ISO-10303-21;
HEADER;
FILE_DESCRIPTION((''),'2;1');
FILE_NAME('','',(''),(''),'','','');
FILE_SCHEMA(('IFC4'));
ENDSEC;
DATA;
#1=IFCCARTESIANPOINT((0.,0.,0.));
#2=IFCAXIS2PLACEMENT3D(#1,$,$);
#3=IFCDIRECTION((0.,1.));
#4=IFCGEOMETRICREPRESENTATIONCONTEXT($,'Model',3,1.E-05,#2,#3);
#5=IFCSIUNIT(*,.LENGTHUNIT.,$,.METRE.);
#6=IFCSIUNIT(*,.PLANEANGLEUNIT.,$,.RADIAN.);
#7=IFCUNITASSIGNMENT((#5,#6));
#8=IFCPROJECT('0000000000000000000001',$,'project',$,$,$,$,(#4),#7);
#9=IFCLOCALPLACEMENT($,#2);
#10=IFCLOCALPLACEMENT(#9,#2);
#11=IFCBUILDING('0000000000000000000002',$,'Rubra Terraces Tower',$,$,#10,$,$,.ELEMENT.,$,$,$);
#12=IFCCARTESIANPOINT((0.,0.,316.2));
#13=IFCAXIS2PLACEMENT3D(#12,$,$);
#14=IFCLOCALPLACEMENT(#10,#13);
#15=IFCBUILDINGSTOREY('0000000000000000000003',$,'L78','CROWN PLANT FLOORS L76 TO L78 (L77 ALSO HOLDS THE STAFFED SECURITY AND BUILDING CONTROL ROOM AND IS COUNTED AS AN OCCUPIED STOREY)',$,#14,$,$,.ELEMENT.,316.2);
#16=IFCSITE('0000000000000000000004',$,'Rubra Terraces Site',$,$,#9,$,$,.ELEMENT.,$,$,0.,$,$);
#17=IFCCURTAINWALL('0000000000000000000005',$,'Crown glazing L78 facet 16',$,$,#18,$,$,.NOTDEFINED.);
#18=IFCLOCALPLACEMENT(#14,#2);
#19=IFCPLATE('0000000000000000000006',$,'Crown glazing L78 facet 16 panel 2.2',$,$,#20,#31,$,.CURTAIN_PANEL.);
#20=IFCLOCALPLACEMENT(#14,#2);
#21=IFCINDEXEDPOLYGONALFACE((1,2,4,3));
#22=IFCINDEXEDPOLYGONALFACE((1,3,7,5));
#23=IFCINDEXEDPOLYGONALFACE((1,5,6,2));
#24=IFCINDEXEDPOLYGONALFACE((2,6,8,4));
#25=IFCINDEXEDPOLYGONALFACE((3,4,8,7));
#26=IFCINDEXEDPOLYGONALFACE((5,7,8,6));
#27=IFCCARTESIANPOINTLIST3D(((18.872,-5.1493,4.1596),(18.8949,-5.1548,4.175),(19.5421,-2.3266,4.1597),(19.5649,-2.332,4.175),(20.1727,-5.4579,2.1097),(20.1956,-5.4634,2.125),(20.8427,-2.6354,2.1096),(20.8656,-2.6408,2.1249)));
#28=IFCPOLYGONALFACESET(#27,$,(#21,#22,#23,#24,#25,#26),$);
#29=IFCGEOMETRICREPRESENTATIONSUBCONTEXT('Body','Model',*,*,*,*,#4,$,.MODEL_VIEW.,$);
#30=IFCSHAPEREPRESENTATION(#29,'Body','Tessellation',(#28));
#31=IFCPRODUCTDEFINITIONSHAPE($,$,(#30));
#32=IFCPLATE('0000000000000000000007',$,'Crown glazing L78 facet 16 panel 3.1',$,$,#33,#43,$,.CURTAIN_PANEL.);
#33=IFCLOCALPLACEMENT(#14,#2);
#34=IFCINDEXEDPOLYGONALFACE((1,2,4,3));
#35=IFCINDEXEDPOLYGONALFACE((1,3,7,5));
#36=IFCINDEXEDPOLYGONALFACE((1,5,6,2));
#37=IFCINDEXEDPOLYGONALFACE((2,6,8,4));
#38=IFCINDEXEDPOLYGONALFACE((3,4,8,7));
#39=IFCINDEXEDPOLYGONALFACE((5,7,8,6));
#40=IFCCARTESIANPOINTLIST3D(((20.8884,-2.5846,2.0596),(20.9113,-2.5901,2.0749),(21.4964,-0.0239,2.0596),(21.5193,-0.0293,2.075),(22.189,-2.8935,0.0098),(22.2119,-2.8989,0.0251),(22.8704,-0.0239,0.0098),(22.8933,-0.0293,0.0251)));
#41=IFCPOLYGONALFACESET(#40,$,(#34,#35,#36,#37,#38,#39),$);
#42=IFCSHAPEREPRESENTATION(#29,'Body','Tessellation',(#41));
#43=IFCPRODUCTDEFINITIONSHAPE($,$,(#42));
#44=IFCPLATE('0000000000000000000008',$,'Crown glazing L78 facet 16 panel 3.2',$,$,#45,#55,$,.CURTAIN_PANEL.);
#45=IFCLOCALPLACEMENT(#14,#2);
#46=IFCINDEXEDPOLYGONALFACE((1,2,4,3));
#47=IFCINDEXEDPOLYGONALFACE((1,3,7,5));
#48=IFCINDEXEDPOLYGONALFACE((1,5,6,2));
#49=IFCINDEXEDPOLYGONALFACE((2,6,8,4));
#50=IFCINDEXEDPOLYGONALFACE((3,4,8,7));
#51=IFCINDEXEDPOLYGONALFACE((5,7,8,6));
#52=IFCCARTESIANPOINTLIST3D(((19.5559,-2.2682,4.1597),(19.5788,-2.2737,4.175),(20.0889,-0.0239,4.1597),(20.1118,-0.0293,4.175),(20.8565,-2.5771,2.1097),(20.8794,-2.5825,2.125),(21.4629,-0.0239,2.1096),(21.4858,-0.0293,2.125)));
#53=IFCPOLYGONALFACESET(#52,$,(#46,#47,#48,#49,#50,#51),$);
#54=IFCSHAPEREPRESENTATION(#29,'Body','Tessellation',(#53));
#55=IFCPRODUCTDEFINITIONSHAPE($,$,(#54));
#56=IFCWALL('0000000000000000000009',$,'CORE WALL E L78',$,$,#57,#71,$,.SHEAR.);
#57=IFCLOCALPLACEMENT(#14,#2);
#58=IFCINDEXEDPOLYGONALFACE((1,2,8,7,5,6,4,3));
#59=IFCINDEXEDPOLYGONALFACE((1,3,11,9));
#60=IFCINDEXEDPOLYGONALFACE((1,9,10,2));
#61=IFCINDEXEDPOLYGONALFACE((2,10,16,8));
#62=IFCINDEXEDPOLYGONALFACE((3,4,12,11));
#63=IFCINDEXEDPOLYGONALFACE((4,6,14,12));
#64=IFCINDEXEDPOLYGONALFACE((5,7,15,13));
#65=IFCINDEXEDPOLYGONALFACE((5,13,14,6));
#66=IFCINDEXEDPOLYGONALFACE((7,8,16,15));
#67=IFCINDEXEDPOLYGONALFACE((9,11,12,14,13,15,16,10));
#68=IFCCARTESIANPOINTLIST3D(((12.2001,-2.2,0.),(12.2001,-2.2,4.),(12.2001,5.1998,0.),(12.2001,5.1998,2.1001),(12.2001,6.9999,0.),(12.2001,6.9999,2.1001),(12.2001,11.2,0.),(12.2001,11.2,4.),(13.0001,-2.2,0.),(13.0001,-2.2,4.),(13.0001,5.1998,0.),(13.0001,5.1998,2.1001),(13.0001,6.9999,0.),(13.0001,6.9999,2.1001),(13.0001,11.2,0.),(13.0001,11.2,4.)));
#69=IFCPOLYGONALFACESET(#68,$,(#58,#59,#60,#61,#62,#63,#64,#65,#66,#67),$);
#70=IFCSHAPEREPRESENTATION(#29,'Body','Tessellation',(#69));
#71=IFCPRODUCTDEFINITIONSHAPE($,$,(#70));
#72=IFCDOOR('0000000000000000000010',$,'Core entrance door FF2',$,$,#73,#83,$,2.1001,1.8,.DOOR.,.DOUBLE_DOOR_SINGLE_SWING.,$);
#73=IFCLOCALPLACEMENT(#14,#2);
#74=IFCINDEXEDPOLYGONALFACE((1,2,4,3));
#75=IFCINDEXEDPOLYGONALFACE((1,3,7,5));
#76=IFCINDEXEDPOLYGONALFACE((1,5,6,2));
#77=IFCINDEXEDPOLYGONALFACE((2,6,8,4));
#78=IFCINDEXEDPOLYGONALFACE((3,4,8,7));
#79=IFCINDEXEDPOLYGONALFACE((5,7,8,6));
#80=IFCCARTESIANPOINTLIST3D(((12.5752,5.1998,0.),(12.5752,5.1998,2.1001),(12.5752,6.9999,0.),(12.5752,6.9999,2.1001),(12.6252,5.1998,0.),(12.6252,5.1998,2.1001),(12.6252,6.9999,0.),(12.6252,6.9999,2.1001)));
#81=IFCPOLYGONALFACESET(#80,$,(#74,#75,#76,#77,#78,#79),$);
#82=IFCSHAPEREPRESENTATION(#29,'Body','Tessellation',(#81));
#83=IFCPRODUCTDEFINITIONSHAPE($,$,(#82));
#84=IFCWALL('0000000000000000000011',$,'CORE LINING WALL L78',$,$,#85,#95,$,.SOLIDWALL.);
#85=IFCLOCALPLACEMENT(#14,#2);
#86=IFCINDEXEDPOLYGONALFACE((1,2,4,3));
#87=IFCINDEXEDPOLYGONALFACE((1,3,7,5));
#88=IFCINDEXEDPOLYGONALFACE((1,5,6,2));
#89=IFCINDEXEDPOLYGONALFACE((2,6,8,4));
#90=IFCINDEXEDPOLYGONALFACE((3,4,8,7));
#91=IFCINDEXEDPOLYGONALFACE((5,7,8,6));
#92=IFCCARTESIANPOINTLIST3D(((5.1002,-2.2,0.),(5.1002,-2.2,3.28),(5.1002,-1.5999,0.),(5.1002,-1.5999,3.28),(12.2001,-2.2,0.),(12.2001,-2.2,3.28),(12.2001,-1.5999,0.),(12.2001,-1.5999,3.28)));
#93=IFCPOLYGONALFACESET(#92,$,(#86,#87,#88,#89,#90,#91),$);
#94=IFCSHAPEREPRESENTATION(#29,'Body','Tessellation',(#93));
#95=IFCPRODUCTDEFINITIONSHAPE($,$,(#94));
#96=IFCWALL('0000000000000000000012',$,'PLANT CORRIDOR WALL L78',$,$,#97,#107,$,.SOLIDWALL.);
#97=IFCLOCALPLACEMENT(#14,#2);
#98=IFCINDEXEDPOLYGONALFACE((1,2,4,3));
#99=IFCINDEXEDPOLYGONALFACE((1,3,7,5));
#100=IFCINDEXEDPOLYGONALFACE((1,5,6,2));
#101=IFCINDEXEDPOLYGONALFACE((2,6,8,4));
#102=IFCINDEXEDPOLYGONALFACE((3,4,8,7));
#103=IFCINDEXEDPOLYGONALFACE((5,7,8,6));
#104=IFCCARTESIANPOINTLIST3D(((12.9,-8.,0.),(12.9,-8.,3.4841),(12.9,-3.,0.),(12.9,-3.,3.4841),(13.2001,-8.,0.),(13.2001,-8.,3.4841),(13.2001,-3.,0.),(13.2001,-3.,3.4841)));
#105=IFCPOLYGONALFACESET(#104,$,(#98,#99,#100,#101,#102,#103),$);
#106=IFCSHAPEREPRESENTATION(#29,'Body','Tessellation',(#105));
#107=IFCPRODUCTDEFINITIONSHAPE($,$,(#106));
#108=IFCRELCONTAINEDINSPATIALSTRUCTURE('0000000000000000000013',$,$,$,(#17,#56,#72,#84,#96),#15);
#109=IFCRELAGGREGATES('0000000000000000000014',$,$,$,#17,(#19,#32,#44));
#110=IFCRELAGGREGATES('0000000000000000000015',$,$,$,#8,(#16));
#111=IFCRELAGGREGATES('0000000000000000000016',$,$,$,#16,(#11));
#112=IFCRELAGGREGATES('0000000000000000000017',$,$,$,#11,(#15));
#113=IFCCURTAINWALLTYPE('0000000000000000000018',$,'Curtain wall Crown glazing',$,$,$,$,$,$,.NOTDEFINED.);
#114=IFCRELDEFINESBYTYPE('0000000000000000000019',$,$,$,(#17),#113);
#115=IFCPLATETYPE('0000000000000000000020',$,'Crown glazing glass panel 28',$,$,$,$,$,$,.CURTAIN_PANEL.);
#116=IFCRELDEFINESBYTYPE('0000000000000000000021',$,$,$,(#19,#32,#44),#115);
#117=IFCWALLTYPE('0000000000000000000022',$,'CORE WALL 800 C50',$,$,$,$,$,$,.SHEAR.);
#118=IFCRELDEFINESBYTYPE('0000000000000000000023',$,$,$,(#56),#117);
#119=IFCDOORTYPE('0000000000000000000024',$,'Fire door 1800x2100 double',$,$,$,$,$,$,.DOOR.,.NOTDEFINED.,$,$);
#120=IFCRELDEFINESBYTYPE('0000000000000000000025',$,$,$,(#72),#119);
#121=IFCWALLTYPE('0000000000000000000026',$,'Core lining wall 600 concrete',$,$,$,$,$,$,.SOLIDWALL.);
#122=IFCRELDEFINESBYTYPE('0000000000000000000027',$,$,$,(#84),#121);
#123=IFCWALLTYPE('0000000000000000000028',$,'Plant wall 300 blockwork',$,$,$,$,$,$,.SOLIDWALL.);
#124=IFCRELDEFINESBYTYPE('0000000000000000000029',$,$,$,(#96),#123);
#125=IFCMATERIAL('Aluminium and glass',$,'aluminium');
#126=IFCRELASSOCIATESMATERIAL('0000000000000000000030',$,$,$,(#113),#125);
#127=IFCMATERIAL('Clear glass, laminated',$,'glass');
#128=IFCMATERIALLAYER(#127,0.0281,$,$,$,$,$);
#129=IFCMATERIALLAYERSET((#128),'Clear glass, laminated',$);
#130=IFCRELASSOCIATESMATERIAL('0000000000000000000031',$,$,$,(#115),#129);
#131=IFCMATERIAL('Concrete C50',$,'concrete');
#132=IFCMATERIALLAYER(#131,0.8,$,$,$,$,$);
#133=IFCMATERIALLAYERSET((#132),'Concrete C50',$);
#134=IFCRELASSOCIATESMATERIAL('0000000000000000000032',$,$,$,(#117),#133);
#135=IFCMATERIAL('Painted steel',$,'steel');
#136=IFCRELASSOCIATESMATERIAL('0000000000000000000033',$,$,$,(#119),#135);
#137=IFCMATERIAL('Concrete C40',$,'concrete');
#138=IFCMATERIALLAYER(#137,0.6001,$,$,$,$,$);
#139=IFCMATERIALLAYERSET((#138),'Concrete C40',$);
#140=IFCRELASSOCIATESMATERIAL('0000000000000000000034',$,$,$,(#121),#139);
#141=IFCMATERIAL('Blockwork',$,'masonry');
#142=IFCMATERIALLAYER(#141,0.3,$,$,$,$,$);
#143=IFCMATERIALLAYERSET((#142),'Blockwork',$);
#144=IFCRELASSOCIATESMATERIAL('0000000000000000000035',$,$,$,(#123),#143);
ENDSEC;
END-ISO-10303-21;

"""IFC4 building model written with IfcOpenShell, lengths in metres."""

from ifc_helpers import new_model, si_unit, direction, frame, frame_2d, origin, place, context, subcontext, project, spatial, polyline, rectangle, outline, extrude, material, layer, layer_set, type_object, element, fill, aggregate, save


model = new_model("IFC4")

# Units and contexts
model_context = context("Model", 3, precision=1e-05, world=origin(), true_north=direction((0.0, 1.0)))
body_context = subcontext(model_context, "Body", "Model", "MODEL_VIEW")
ifc_project = project(units=[si_unit("LENGTHUNIT", "METRE"), si_unit("PLANEANGLEUNIT", "RADIAN")], contexts=[model_context])

# Site, building, storey
site_placement = place(None, origin())
site = spatial("IfcSite", under=ifc_project, at=site_placement, Name="Rubra Terraces Site", CompositionType="ELEMENT", RefElevation=0.0)
building_placement = place(site_placement, origin())
building = spatial("IfcBuilding", under=site, at=building_placement, Name="Rubra Terraces Tower", CompositionType="ELEMENT")
storey_placement = place(building_placement, frame((0.0, 0.0, 316.2)))
storey = spatial("IfcBuildingStorey", under=building, at=storey_placement, Name="L78", Description="CROWN PLANT FLOORS L76 TO L78 (L77 ALSO HOLDS THE STAFFED SECURITY AND BUILDING CONTROL ROOM AND IS COUNTED AS AN OCCUPIED STOREY)", CompositionType="ELEMENT", Elevation=316.2)

# Curtain wall
ifc_material_1 = material(Name="Aluminium and glass", Category="aluminium")
curtain_wall_type = type_object("IfcCurtainWallType", Name="Curtain wall Crown glazing", PredefinedType="NOTDEFINED", material=ifc_material_1)
curtain_wall_1_placement = place(storey_placement, origin())
curtain_wall_1 = element("IfcCurtainWall", 1, at=curtain_wall_1_placement, inside=storey, type_object=curtain_wall_type, Name="Crown glazing L78 facet 16", PredefinedType="NOTDEFINED")

# Plates
ifc_material_2 = material(Name="Clear glass, laminated", Category="glass")
ifc_layer_1 = layer(ifc_material_2, 0.0281)
ifc_layer_set_1 = layer_set([ifc_layer_1], Name="Clear glass, laminated")
plate_type = type_object("IfcPlateType", Name="Crown glazing glass panel 28", PredefinedType="CURTAIN_PANEL", material=ifc_layer_set_1)
plate_1_placement = place(storey_placement, frame((20.1956, -5.4634, 2.125), z_axis=(0.814999, -0.193467, 0.546212), x_axis=(0.230979, 0.972959, -0.000023)))
plate_1 = element("IfcPlate", 2, at=plate_1_placement, type_object=plate_type, Name="Crown glazing L78 facet 16 panel 2.2", PredefinedType="CURTAIN_PANEL", context=body_context, shape_type="SweptSolid", body=[
    extrude(outline(polyline([(0.0, 0.0), (2.901, 0.0), (2.901, 2.4475), (-0.0002, 2.4473), (0.0, 0.0)])), origin(), (0.0, 0.0, -1.0), 0.0281),
])
plate_2_placement = place(storey_placement, frame((22.2119, -2.8989, 0.0251), z_axis=(0.814965, -0.193491, 0.546254), x_axis=(0.231009, 0.972952, -0.000012)))
plate_2 = element("IfcPlate", 3, at=plate_2_placement, type_object=plate_type, Name="Crown glazing L78 facet 16 panel 3.1", PredefinedType="CURTAIN_PANEL", context=body_context, shape_type="SweptSolid", body=[
    extrude(outline(polyline([(0.0, 0.0), (2.9494, 0.0), (2.632, 2.4472), (0.0, 2.4471), (0.0, 0.0)])), origin(), (0.0, 0.0, -1.0), 0.0281),
])
plate_3_placement = place(storey_placement, frame((20.8794, -2.5825, 2.125), z_axis=(0.814982, -0.193554, 0.546206), x_axis=(0.231075, 0.972936, -0.000012)))
plate_3 = element("IfcPlate", 4, at=plate_3_placement, type_object=plate_type, Name="Crown glazing L78 facet 16 panel 3.2", PredefinedType="CURTAIN_PANEL", context=body_context, shape_type="SweptSolid", body=[
    extrude(outline(polyline([(0.0, 0.0), (2.6243, 0.0), (2.3067, 2.4474), (-0.0001, 2.4473), (0.0, 0.0)])), origin(), (0.0, 0.0, -1.0), 0.0281),
])
aggregate(curtain_wall_1, [plate_1, plate_2, plate_3])

# Wall, opening, door
ifc_material_3 = material(Name="Concrete C50", Category="concrete")
ifc_layer_2 = layer(ifc_material_3, 0.8)
ifc_layer_set_2 = layer_set([ifc_layer_2], Name="Concrete C50")
wall_type_1 = type_object("IfcWallType", Name="CORE WALL 800 C50", PredefinedType="SHEAR", material=ifc_layer_set_2)
wall_1_placement = place(storey_placement, frame((12.6001, -2.2, 0.0), z_axis=(0.0, 0.0, 1.0), x_axis=(0.0, 1.0, 0.0)))
wall_1 = element("IfcWall", 5, at=wall_1_placement, inside=storey, type_object=wall_type_1, Name="CORE WALL E L78", PredefinedType="SHEAR", context=body_context, shape_type="SweptSolid", body=[
    extrude(rectangle(XDim=13.3999, YDim=0.8, at=frame_2d((6.7, 0.0))), origin(), (0.0, 0.0, 1.0), 4.0),
])
opening_placement = place(wall_1_placement, frame((7.3999, 0.0, 0.0)))
opening = element("IfcOpeningElement", 6, at=opening_placement, cuts=wall_1, PredefinedType="OPENING", context=body_context, shape_type="SweptSolid", body=[
    extrude(rectangle(XDim=1.8, YDim=2.1001, at=frame_2d((0.8999, 1.05))), frame((0.0, 0.4099, 0.0), z_axis=(0.0, -1.0, 0.0), x_axis=(1.0, 0.0, 0.0)), (0.0, 0.0, 1.0), 0.8201),
])
ifc_material_4 = material(Name="Painted steel", Category="steel")
door_type = type_object("IfcDoorType", Name="Fire door 1800x2100 double", OperationType="NOTDEFINED", PredefinedType="DOOR", material=ifc_material_4)
door_placement = place(opening_placement, origin())
door = element("IfcDoor", 7, at=door_placement, inside=storey, type_object=door_type, Name="Core entrance door FF2", OperationType="DOUBLE_DOOR_SINGLE_SWING", OverallHeight=2.1001, OverallWidth=1.8, PredefinedType="DOOR", context=body_context, shape_type="SweptSolid", body=[
    extrude(rectangle(XDim=1.8, YDim=2.1001, at=frame_2d((0.8999, 1.05))), frame((0.0, 0.0249, 0.0), z_axis=(0.0, -1.0, 0.0), x_axis=(1.0, 0.0, 0.0)), (0.0, 0.0, 1.0), 0.05),
])
fill(opening, door)

# Walls
ifc_material_5 = material(Name="Concrete C40", Category="concrete")
ifc_layer_3 = layer(ifc_material_5, 0.6001)
ifc_layer_set_3 = layer_set([ifc_layer_3], Name="Concrete C40")
wall_type_2 = type_object("IfcWallType", Name="Core lining wall 600 concrete", PredefinedType="SOLIDWALL", material=ifc_layer_set_3)
wall_2_placement = place(storey_placement, frame((12.2, -1.8999, 0.0), z_axis=(0.0, 0.0, 1.0), x_axis=(-1.0, 0.0, 0.0)))
element("IfcWall", 8, at=wall_2_placement, inside=storey, type_object=wall_type_2, Name="CORE LINING WALL L78", PredefinedType="SOLIDWALL", context=body_context, shape_type="SweptSolid", body=[
    extrude(rectangle(XDim=7.0999, YDim=0.6001, at=frame_2d((3.5498, 0.0))), origin(), (0.0, 0.0, 1.0), 3.28),
])
ifc_material_6 = material(Name="Blockwork", Category="masonry")
ifc_layer_4 = layer(ifc_material_6, 0.3)
ifc_layer_set_4 = layer_set([ifc_layer_4], Name="Blockwork")
wall_type_3 = type_object("IfcWallType", Name="Plant wall 300 blockwork", PredefinedType="SOLIDWALL", material=ifc_layer_set_4)
wall_3_placement = place(storey_placement, frame((13.05, -8.0, 0.0), z_axis=(0.0, 0.0, 1.0), x_axis=(0.0, 1.0, 0.0)))
element("IfcWall", 9, at=wall_3_placement, inside=storey, type_object=wall_type_3, Name="PLANT CORRIDOR WALL L78", PredefinedType="SOLIDWALL", context=body_context, shape_type="SweptSolid", body=[
    extrude(rectangle(XDim=5.0, YDim=0.3, at=frame_2d((2.5, 0.0))), origin(), (0.0, 0.0, 1.0), 3.4841),
])

save(model, "model.ifc")
